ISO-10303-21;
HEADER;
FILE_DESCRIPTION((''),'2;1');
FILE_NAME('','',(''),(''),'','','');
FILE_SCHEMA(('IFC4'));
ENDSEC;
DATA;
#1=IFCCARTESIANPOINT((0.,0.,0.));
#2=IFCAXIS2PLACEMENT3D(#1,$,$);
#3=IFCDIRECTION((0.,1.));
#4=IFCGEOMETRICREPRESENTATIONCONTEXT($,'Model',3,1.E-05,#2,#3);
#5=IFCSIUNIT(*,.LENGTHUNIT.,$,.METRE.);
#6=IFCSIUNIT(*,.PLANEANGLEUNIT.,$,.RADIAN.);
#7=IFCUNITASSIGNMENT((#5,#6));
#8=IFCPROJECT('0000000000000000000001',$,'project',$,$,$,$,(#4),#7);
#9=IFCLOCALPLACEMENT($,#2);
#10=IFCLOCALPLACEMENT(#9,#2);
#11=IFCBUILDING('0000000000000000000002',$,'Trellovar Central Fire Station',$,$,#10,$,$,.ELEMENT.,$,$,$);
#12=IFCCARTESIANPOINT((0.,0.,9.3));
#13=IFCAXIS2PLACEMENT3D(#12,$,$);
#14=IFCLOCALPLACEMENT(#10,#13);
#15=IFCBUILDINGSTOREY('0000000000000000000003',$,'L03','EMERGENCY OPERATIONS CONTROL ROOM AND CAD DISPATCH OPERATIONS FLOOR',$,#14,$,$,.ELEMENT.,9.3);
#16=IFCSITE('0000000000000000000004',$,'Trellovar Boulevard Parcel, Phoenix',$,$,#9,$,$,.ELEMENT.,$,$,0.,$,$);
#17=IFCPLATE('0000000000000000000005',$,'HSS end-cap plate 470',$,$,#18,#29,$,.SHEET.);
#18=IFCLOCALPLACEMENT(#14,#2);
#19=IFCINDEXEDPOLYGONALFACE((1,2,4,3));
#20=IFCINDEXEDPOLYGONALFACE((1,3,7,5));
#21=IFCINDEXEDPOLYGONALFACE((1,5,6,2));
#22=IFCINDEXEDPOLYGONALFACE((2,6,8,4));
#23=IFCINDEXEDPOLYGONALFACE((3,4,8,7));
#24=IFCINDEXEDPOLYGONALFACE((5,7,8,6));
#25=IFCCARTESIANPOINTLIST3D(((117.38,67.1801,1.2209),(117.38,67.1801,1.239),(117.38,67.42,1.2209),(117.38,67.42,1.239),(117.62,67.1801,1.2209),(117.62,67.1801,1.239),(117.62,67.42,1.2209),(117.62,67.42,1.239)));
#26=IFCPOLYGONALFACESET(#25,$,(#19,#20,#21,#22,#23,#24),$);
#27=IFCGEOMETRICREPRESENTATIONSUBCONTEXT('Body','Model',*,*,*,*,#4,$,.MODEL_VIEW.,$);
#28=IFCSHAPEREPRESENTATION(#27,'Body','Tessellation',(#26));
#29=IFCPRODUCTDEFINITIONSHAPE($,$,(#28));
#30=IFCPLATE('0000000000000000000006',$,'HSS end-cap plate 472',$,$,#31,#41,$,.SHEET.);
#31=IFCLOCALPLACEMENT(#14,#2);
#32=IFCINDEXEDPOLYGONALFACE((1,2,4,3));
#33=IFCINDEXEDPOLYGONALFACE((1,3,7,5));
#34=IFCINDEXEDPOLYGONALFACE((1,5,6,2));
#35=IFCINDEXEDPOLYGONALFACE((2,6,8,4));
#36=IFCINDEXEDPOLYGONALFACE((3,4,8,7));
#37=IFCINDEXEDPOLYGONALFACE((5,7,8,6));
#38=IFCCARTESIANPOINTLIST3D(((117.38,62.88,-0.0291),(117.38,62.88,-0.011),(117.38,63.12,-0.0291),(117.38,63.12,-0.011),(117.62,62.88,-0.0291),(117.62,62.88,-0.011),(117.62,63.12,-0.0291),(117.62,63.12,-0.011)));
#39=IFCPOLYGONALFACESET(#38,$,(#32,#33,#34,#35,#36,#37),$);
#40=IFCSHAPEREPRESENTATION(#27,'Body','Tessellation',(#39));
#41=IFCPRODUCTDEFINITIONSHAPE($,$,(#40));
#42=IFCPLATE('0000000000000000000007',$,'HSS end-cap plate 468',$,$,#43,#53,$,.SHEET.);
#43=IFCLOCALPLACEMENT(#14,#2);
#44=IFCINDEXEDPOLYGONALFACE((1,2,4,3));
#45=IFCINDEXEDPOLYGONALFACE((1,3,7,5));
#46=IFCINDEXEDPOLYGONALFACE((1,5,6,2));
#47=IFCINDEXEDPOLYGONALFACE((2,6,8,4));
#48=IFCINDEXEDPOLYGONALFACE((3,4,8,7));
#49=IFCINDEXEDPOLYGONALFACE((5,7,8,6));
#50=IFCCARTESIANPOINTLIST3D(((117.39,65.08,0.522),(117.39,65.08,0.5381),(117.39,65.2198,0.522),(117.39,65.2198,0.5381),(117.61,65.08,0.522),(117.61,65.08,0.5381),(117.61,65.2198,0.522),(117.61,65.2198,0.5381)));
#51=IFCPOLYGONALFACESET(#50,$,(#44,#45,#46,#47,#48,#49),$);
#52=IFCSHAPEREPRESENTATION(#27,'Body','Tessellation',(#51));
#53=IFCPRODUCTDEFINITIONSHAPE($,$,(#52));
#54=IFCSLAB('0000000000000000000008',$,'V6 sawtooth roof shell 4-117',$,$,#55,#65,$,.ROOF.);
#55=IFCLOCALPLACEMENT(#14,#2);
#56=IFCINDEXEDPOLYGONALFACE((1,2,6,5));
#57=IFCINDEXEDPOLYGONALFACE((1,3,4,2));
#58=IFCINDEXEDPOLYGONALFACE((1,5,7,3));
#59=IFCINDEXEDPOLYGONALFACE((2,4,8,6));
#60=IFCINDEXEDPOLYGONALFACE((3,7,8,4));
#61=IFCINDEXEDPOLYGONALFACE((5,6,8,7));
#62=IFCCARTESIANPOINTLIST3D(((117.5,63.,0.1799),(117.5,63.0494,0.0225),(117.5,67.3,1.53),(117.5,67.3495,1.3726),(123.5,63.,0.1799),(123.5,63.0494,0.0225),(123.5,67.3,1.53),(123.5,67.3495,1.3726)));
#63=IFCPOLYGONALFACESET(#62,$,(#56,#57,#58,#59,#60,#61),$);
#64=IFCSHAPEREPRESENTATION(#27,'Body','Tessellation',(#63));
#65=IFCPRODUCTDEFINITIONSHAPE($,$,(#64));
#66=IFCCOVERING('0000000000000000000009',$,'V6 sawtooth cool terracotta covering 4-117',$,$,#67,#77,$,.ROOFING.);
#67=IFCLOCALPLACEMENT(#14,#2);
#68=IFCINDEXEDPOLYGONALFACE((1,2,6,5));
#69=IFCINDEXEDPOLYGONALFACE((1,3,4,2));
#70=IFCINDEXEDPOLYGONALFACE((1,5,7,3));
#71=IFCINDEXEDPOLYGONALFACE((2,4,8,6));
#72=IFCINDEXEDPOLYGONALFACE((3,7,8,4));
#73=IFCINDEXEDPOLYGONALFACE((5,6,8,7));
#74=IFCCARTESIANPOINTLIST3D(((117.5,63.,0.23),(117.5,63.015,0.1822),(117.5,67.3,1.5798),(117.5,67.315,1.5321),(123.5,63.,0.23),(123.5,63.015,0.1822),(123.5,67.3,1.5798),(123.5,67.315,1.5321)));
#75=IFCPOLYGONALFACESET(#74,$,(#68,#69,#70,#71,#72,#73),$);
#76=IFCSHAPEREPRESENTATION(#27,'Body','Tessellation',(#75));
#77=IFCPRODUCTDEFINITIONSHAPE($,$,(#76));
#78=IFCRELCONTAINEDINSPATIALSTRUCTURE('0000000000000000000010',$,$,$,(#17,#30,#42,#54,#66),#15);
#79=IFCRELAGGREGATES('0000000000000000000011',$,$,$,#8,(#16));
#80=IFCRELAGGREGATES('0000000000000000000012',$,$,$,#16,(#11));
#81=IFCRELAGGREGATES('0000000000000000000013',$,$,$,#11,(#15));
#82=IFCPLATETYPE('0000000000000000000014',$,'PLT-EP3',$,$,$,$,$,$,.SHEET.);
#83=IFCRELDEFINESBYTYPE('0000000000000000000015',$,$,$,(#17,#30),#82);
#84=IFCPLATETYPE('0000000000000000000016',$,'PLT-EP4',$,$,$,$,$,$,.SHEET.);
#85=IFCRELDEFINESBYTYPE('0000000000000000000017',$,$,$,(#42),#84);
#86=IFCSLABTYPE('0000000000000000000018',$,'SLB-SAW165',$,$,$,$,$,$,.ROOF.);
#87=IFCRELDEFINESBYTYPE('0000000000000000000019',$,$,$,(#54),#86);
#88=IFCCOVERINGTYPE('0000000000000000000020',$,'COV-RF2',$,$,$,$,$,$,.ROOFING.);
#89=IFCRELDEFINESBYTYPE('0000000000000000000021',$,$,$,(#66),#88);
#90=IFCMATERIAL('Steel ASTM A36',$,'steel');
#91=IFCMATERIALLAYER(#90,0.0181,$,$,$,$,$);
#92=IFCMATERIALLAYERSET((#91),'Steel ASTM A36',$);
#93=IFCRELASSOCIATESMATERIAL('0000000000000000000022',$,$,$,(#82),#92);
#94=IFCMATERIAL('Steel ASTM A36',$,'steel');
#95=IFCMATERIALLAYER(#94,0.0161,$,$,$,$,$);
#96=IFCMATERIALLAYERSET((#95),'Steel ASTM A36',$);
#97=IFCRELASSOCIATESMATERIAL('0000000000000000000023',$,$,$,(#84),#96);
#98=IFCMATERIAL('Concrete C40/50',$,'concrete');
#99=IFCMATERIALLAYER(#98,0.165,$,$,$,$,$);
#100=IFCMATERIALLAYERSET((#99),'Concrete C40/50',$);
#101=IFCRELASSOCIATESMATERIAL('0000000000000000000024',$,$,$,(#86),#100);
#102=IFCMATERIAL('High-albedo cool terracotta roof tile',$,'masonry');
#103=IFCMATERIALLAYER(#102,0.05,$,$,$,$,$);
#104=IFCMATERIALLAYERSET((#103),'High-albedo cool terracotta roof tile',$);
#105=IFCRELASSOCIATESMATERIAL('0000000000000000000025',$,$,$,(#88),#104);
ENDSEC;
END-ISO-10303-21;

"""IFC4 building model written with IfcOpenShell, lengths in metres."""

from ifc_helpers import new_model, si_unit, direction, frame, origin, origin_2d, place, context, subcontext, project, spatial, polyline, rectangle, outline, extrude, material, layer, layer_set, type_object, element, save


model = new_model("IFC4")

# Units and contexts
model_context = context("Model", 3, precision=1e-05, world=origin(), true_north=direction((0.0, 1.0)))
body_context = subcontext(model_context, "Body", "Model", "MODEL_VIEW")
ifc_project = project(units=[si_unit("LENGTHUNIT", "METRE"), si_unit("PLANEANGLEUNIT", "RADIAN")], contexts=[model_context])

# Site, building, storey
site_placement = place(None, origin())
site = spatial("IfcSite", under=ifc_project, at=site_placement, Name="Trellovar Boulevard Parcel, Phoenix", CompositionType="ELEMENT", RefElevation=0.0)
building_placement = place(site_placement, origin())
building = spatial("IfcBuilding", under=site, at=building_placement, Name="Trellovar Central Fire Station", CompositionType="ELEMENT")
storey_placement = place(building_placement, frame((0.0, 0.0, 9.3)))
storey = spatial("IfcBuildingStorey", under=building, at=storey_placement, Name="L03", Description="EMERGENCY OPERATIONS CONTROL ROOM AND CAD DISPATCH OPERATIONS FLOOR", CompositionType="ELEMENT", Elevation=9.3)

# Plates
ifc_material_1 = material(Name="Steel ASTM A36", Category="steel")
ifc_layer_1 = layer(ifc_material_1, 0.0181)
ifc_layer_set_1 = layer_set([ifc_layer_1], Name="Steel ASTM A36")
plate_type_1 = type_object("IfcPlateType", Name="PLT-EP3", PredefinedType="SHEET", material=ifc_layer_set_1)
for number, where, z_axis, x_axis, name in (
    (1, (117.5, 67.3, 1.2209), (0.0, 0.0, 1.0), (1.0, 0.0, 0.0), "HSS end-cap plate 470"),
    (2, (117.5, 63.0, -0.0291), (0.0, 0.0, 1.0), (1.0, 0.0, 0.0), "HSS end-cap plate 472"),
):
    element("IfcPlate", number, at=place(storey_placement, frame(where, z_axis=z_axis, x_axis=x_axis)), inside=storey, type_object=plate_type_1, Name=name, PredefinedType="SHEET", context=body_context, shape_type="SweptSolid", body=[
        extrude(rectangle(XDim=0.24, YDim=0.24, at=origin_2d()), origin(), (0.0, 0.0, 1.0), 0.0181),
    ])
ifc_material_2 = material(Name="Steel ASTM A36", Category="steel")
ifc_layer_2 = layer(ifc_material_2, 0.0161)
ifc_layer_set_2 = layer_set([ifc_layer_2], Name="Steel ASTM A36")
plate_type_2 = type_object("IfcPlateType", Name="PLT-EP4", PredefinedType="SHEET", material=ifc_layer_set_2)
plate_1_placement = place(storey_placement, frame((117.5, 65.1499, 0.522), z_axis=(0.0, 0.0, 1.0), x_axis=(1.0, 0.0, 0.0)))
element("IfcPlate", 3, at=plate_1_placement, inside=storey, type_object=plate_type_2, Name="HSS end-cap plate 468", PredefinedType="SHEET", context=body_context, shape_type="SweptSolid", body=[
    extrude(rectangle(XDim=0.22, YDim=0.1399, at=origin_2d()), origin(), (0.0, 0.0, 1.0), 0.0161),
])

# Slab
ifc_material_3 = material(Name="Concrete C40/50", Category="concrete")
ifc_layer_3 = layer(ifc_material_3, 0.165)
ifc_layer_set_3 = layer_set([ifc_layer_3], Name="Concrete C40/50")
slab_type = type_object("IfcSlabType", Name="SLB-SAW165", PredefinedType="ROOF", material=ifc_layer_set_3)
slab_placement = place(storey_placement, frame((117.5, 63.0, 0.1799), z_axis=(0.0, -0.299555, 0.954079), x_axis=(1.0, 0.0, 0.0)))
element("IfcSlab", 4, at=slab_placement, inside=storey, type_object=slab_type, Name="V6 sawtooth roof shell 4-117", PredefinedType="ROOF", context=body_context, shape_type="SweptSolid", body=[
    extrude(outline(polyline([(0.0, 0.0), (6.0, 0.0), (6.0, 4.507), (0.0, 4.507), (0.0, 0.0)])), origin(), (0.0, 0.0, -1.0), 0.165),
])

# Covering
ifc_material_4 = material(Name="High-albedo cool terracotta roof tile", Category="masonry")
ifc_layer_4 = layer(ifc_material_4, 0.05)
ifc_layer_set_4 = layer_set([ifc_layer_4], Name="High-albedo cool terracotta roof tile")
covering_type = type_object("IfcCoveringType", Name="COV-RF2", PredefinedType="ROOFING", material=ifc_layer_set_4)
covering_placement = place(storey_placement, frame((117.5, 63.0, 0.23), z_axis=(0.0, -0.299505, 0.954095), x_axis=(1.0, 0.0, 0.0)))
element("IfcCovering", 5, at=covering_placement, inside=storey, type_object=covering_type, Name="V6 sawtooth cool terracotta covering 4-117", PredefinedType="ROOFING", context=body_context, shape_type="SweptSolid", body=[
    extrude(outline(polyline([(0.0, 0.0), (6.0, 0.0), (6.0, 4.5069), (0.0, 4.5069), (0.0, 0.0)])), origin(), (0.0, 0.0, -1.0), 0.05),
])

save(model, "model.ifc")
